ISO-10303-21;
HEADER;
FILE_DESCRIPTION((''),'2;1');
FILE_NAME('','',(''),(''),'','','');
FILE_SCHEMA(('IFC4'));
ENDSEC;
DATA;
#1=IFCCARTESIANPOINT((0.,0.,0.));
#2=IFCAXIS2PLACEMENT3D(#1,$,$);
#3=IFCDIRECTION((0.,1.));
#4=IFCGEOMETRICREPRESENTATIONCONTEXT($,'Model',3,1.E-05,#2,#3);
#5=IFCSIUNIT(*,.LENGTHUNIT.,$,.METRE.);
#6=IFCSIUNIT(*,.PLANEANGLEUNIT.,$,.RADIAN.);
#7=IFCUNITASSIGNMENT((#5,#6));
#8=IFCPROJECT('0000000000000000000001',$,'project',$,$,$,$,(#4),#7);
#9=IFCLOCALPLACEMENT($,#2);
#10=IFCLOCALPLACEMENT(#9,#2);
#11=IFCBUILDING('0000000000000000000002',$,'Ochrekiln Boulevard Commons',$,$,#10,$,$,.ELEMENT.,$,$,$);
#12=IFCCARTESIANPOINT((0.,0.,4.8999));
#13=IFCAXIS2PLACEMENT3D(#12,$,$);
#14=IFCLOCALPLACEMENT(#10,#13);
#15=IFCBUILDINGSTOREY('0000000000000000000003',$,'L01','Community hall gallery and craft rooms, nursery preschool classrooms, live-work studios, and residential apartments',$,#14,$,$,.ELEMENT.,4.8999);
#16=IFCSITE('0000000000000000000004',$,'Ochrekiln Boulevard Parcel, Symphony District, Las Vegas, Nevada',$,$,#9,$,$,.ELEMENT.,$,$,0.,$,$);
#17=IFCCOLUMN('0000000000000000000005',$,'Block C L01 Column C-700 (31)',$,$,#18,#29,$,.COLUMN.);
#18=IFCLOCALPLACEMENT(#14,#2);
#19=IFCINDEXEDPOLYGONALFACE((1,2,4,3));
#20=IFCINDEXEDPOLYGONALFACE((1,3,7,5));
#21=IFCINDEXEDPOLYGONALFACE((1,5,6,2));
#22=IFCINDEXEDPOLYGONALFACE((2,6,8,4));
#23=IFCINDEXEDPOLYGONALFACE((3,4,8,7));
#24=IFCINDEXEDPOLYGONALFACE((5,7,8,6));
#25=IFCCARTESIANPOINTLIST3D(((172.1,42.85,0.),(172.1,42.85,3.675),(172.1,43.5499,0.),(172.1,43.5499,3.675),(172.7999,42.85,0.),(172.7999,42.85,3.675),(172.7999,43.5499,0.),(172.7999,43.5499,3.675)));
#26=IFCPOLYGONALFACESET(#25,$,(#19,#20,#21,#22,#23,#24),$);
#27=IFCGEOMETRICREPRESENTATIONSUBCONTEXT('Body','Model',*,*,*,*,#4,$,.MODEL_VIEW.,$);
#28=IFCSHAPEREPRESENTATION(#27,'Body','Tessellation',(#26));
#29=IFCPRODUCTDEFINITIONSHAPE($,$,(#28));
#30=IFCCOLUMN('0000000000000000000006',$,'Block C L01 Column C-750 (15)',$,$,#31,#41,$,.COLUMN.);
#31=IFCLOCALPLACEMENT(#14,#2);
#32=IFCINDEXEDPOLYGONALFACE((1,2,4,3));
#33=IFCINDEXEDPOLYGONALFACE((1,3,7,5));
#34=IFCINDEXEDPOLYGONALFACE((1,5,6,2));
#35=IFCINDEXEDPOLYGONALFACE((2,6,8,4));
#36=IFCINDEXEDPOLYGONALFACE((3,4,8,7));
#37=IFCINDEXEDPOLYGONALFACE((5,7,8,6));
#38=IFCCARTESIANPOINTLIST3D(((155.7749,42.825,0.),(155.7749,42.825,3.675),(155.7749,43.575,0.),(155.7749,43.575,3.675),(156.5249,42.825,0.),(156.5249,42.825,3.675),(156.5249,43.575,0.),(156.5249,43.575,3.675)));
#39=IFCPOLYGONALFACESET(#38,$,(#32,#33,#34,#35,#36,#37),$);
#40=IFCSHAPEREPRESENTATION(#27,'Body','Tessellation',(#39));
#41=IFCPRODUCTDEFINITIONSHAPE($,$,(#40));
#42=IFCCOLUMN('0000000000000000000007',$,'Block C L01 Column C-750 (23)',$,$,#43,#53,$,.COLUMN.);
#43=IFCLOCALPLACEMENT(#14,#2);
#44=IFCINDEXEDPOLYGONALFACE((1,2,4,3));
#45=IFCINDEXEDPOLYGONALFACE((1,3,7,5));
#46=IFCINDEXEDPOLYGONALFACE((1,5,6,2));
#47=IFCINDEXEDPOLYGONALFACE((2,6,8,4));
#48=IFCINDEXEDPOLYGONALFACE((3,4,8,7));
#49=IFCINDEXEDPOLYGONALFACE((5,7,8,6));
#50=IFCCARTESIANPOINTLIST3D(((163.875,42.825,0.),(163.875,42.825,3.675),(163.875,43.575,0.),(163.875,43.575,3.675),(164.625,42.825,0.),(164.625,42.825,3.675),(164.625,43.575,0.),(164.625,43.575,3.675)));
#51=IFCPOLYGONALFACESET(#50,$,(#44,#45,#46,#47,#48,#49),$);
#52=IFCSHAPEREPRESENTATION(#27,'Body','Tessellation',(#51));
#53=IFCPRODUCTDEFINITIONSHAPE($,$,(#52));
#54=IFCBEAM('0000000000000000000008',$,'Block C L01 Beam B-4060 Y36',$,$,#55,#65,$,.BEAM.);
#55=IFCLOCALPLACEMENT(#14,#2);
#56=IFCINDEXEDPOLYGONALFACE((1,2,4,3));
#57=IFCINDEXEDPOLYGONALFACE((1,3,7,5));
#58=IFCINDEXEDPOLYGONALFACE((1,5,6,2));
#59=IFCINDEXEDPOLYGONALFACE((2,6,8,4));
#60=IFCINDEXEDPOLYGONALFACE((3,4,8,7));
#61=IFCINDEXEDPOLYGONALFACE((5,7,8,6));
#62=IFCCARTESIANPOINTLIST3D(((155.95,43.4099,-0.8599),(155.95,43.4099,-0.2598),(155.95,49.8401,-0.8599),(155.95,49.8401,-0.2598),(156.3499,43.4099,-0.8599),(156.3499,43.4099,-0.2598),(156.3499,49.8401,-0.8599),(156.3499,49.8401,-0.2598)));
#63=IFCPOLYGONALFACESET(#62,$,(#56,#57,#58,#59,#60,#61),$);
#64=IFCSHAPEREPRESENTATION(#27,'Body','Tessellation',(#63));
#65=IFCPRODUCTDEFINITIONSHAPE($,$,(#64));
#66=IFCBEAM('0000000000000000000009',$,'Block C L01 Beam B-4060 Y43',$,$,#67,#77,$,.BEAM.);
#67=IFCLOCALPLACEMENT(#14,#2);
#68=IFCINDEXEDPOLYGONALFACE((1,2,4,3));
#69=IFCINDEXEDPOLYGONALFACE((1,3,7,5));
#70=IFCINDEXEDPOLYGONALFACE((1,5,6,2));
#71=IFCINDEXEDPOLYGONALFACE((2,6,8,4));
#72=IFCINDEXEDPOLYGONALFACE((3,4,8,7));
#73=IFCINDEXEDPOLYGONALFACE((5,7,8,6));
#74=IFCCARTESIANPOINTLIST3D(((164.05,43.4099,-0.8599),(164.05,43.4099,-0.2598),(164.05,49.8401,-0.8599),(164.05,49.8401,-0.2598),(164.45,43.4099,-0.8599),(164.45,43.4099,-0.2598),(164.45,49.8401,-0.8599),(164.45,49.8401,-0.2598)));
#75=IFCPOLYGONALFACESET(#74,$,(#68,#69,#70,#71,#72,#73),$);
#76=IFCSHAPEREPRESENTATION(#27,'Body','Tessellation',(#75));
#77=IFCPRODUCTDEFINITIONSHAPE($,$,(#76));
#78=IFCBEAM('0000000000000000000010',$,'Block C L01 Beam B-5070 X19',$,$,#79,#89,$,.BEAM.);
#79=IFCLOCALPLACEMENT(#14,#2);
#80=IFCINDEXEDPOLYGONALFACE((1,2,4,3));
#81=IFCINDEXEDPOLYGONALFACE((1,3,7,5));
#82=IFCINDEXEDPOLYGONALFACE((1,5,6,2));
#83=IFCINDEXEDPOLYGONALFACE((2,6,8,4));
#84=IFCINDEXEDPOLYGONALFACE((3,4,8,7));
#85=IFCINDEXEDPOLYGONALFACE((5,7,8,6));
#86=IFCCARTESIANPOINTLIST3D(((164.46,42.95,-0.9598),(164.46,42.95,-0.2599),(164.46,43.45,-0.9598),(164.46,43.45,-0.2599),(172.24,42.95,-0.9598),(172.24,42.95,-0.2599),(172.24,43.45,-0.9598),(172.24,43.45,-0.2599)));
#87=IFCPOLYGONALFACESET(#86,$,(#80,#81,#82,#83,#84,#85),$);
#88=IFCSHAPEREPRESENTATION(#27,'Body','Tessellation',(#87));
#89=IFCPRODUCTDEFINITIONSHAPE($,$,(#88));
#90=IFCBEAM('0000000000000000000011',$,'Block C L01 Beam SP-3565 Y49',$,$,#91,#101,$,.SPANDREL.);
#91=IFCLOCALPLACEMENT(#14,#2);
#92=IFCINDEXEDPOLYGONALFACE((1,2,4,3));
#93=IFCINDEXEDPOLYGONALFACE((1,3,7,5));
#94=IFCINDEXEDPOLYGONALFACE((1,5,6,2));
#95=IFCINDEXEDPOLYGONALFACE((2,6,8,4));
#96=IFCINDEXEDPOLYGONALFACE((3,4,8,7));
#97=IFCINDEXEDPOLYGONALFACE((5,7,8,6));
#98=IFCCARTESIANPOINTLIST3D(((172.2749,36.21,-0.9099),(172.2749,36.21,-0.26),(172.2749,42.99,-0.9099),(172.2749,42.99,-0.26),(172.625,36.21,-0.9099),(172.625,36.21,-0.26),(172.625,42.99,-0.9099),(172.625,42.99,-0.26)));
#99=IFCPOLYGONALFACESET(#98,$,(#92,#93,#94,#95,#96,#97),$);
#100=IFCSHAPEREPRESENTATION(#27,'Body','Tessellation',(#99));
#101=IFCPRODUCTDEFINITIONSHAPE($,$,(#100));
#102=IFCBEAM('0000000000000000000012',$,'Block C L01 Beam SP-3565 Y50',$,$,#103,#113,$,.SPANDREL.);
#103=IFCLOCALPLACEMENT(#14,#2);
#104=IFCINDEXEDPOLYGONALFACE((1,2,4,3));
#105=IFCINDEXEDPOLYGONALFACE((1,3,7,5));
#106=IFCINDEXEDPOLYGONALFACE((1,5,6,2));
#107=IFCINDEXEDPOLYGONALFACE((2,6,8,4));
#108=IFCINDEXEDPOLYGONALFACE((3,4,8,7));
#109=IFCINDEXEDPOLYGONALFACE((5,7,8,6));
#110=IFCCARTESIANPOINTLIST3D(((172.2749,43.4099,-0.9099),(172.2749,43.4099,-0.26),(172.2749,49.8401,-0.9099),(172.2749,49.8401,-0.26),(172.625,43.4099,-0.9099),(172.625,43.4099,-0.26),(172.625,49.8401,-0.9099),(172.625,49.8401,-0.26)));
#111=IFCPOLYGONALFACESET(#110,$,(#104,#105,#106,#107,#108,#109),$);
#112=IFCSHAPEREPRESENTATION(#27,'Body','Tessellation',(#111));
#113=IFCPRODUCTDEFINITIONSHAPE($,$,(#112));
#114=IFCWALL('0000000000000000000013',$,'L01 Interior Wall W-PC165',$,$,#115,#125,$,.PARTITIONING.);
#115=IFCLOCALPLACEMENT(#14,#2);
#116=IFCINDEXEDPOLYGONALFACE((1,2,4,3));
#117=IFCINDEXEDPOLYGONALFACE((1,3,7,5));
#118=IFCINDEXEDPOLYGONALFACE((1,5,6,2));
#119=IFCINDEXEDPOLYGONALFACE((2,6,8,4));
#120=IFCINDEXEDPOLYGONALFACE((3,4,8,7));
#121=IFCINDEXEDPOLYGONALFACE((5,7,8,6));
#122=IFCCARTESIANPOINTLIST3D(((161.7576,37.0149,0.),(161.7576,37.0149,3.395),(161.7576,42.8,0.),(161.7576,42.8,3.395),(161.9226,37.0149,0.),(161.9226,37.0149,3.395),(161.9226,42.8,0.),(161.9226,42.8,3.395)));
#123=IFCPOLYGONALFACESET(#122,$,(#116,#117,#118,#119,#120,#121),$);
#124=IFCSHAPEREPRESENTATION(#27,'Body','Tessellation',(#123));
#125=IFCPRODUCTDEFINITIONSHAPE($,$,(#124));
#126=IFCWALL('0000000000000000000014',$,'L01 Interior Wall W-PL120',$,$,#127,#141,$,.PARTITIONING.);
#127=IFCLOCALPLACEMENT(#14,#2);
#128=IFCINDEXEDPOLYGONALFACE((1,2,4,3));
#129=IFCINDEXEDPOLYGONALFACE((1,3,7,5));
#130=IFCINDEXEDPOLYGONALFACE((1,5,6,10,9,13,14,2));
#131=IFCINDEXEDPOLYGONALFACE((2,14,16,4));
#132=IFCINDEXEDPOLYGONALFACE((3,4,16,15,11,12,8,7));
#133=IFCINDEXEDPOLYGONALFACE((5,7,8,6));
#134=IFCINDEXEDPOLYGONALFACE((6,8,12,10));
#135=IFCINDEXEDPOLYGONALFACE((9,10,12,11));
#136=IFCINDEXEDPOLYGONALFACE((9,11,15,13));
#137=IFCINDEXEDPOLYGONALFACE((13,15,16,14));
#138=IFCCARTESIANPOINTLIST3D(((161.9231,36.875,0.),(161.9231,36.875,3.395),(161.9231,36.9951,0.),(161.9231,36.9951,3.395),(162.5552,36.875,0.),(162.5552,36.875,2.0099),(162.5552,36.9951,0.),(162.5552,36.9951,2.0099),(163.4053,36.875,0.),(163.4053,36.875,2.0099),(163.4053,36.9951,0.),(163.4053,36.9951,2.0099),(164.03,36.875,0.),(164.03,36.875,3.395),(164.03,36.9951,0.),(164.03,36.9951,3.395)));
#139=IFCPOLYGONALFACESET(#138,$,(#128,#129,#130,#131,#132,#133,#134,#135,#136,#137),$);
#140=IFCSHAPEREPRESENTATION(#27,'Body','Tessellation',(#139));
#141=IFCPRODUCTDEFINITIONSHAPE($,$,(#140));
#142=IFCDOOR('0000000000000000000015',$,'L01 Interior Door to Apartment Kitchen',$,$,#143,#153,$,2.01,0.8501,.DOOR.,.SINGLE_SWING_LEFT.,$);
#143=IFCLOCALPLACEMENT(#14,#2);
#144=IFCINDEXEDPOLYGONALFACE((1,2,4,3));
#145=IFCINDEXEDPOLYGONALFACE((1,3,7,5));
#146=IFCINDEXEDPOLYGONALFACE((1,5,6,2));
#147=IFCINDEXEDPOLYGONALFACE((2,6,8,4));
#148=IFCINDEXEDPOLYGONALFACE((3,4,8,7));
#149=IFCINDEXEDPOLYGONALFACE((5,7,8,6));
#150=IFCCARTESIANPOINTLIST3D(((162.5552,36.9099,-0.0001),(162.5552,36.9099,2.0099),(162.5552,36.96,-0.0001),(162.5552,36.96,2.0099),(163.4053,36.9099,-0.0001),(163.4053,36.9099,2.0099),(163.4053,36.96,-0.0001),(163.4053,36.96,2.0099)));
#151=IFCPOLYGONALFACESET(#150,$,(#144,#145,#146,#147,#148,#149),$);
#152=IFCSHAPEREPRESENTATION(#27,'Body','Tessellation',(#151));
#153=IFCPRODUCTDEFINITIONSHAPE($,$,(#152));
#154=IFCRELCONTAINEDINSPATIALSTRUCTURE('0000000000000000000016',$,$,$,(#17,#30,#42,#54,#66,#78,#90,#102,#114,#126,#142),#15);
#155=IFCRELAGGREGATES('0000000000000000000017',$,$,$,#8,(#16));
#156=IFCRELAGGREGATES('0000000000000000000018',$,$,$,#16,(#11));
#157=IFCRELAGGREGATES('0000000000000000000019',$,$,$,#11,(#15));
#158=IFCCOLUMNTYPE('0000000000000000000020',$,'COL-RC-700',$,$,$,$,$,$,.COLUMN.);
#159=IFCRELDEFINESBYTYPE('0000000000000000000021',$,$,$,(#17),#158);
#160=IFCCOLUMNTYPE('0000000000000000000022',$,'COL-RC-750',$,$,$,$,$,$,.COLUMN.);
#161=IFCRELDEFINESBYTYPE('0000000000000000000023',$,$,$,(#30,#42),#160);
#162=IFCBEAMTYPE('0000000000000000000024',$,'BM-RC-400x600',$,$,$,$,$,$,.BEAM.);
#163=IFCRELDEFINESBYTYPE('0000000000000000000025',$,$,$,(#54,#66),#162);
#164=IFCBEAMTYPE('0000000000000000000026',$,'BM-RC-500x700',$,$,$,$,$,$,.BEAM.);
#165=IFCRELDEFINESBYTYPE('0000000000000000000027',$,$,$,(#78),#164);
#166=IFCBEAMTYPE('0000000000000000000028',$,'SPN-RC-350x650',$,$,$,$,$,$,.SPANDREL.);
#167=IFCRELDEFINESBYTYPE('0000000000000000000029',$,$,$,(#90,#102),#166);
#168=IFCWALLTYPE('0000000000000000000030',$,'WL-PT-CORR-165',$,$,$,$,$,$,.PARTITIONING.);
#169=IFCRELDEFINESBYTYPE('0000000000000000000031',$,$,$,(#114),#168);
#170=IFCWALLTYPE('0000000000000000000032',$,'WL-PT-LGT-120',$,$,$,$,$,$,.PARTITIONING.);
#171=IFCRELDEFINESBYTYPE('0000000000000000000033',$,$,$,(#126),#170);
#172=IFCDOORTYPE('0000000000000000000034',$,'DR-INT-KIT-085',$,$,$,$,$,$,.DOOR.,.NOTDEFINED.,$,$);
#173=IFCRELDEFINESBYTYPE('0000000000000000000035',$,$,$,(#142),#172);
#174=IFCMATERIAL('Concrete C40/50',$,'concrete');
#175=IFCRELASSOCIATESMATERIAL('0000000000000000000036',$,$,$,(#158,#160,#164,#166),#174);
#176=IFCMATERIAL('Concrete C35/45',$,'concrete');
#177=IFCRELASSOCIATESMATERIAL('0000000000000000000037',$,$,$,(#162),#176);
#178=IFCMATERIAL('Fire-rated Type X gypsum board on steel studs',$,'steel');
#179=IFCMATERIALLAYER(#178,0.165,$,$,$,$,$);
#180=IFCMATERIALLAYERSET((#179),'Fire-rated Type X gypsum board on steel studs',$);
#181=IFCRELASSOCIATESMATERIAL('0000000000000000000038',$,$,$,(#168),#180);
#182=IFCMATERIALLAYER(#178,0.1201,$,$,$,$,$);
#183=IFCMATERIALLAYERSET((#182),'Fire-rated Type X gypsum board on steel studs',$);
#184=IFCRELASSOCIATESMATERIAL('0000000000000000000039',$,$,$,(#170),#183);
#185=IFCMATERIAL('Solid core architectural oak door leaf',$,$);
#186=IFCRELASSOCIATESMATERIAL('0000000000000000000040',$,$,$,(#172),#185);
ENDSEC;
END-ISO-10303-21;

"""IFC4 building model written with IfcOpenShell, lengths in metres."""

from ifc_helpers import new_model, si_unit, direction, frame, frame_2d, origin, origin_2d, place, context, subcontext, project, spatial, rectangle, extrude, material, layer, layer_set, material_profile, profile_set, type_object, element, fill, save


model = new_model("IFC4")

# Units and contexts
model_context = context("Model", 3, precision=1e-05, world=origin(), true_north=direction((0.0, 1.0)))
body_context = subcontext(model_context, "Body", "Model", "MODEL_VIEW")
ifc_project = project(units=[si_unit("LENGTHUNIT", "METRE"), si_unit("PLANEANGLEUNIT", "RADIAN")], contexts=[model_context])

# Site, building, storey
site_placement = place(None, origin())
site = spatial("IfcSite", under=ifc_project, at=site_placement, Name="Ochrekiln Boulevard Parcel, Symphony District, Las Vegas, Nevada", CompositionType="ELEMENT", RefElevation=0.0)
building_placement = place(site_placement, origin())
building = spatial("IfcBuilding", under=site, at=building_placement, Name="Ochrekiln Boulevard Commons", CompositionType="ELEMENT")
storey_placement = place(building_placement, frame((0.0, 0.0, 4.8999)))
storey = spatial("IfcBuildingStorey", under=building, at=storey_placement, Name="L01", Description="Community hall gallery and craft rooms, nursery preschool classrooms, live-work studios, and residential apartments", CompositionType="ELEMENT", Elevation=4.8999)

# Columns
ifc_material_1 = material(Name="Concrete C40/50", Category="concrete")
ifc_material_profile_1 = material_profile(ifc_material_1, rectangle(XDim=0.7, YDim=0.7, at=origin_2d()), Name="RC-COL-700x700")
ifc_profile_set_1 = profile_set([ifc_material_profile_1], Name="Concrete C40/50")
column_type_1 = type_object("IfcColumnType", Name="COL-RC-700", PredefinedType="COLUMN", material=ifc_profile_set_1)
column_placement = place(storey_placement, frame((172.45, 43.2, 0.0), z_axis=(0.0, 0.0, 1.0), x_axis=(1.0, 0.0, 0.0)))
element("IfcColumn", 1, at=column_placement, inside=storey, type_object=column_type_1, Name="Block C L01 Column C-700 (31)", PredefinedType="COLUMN", context=body_context, shape_type="SweptSolid", body=[
    extrude(rectangle(XDim=0.7, YDim=0.7, at=origin_2d()), origin(), (0.0, 0.0, 1.0), 3.675),
])
ifc_material_profile_2 = material_profile(ifc_material_1, rectangle(XDim=0.75, YDim=0.75, at=origin_2d()), Name="RC-COL-750x750")
ifc_profile_set_2 = profile_set([ifc_material_profile_2], Name="Concrete C40/50")
column_type_2 = type_object("IfcColumnType", Name="COL-RC-750", PredefinedType="COLUMN", material=ifc_profile_set_2)
for number, where, z_axis, x_axis, name in (
    (2, (156.1499, 43.2, 0.0), (0.0, 0.0, 1.0), (1.0, 0.0, 0.0), "Block C L01 Column C-750 (15)"),
    (3, (164.25, 43.2, 0.0), (0.0, 0.0, 1.0), (1.0, 0.0, 0.0), "Block C L01 Column C-750 (23)"),
):
    element("IfcColumn", number, at=place(storey_placement, frame(where, z_axis=z_axis, x_axis=x_axis)), inside=storey, type_object=column_type_2, Name=name, PredefinedType="COLUMN", context=body_context, shape_type="SweptSolid", body=[
        extrude(rectangle(XDim=0.75, YDim=0.75, at=origin_2d()), origin(), (0.0, 0.0, 1.0), 3.675),
    ])

# Beams
ifc_material_2 = material(Name="Concrete C35/45", Category="concrete")
ifc_material_profile_3 = material_profile(ifc_material_2, rectangle(XDim=0.3999, YDim=0.6001, at=origin_2d()), Name="RC-BM-400x600")
ifc_profile_set_3 = profile_set([ifc_material_profile_3], Name="Concrete C35/45")
beam_type_1 = type_object("IfcBeamType", Name="BM-RC-400x600", PredefinedType="BEAM", material=ifc_profile_set_3)
for number, where, z_axis, x_axis, name in (
    (4, (156.1499, 43.4099, -0.5598), (0.0, 1.0, 0.0), (-1.0, 0.0, 0.0), "Block C L01 Beam B-4060 Y36"),
    (5, (164.25, 43.4099, -0.5598), (0.0, 1.0, 0.0), (-1.0, 0.0, 0.0), "Block C L01 Beam B-4060 Y43"),
):
    element("IfcBeam", number, at=place(storey_placement, frame(where, z_axis=z_axis, x_axis=x_axis)), inside=storey, type_object=beam_type_1, Name=name, PredefinedType="BEAM", context=body_context, shape_type="SweptSolid", body=[
        extrude(rectangle(XDim=0.3999, YDim=0.6001, at=origin_2d()), origin(), (0.0, 0.0, 1.0), 6.4302),
    ])
ifc_material_profile_4 = material_profile(ifc_material_1, rectangle(XDim=0.5, YDim=0.7, at=origin_2d()), Name="RC-BM-500x700")
ifc_profile_set_4 = profile_set([ifc_material_profile_4], Name="Concrete C40/50")
beam_type_2 = type_object("IfcBeamType", Name="BM-RC-500x700", PredefinedType="BEAM", material=ifc_profile_set_4)
beam_1_placement = place(storey_placement, frame((164.46, 43.2, -0.6099), z_axis=(1.0, 0.0, 0.0), x_axis=(0.0, 1.0, 0.0)))
element("IfcBeam", 6, at=beam_1_placement, inside=storey, type_object=beam_type_2, Name="Block C L01 Beam B-5070 X19", PredefinedType="BEAM", context=body_context, shape_type="SweptSolid", body=[
    extrude(rectangle(XDim=0.5, YDim=0.7, at=origin_2d()), origin(), (0.0, 0.0, 1.0), 7.78),
])
ifc_material_profile_5 = material_profile(ifc_material_1, rectangle(XDim=0.3501, YDim=0.6499, at=origin_2d()), Name="RC-SPN-350x650")
ifc_profile_set_5 = profile_set([ifc_material_profile_5], Name="Concrete C40/50")
beam_type_3 = type_object("IfcBeamType", Name="SPN-RC-350x650", PredefinedType="SPANDREL", material=ifc_profile_set_5)
beam_2_placement = place(storey_placement, frame((172.45, 36.21, -0.585), z_axis=(0.0, 1.0, 0.0), x_axis=(-1.0, 0.0, 0.0)))
element("IfcBeam", 7, at=beam_2_placement, inside=storey, type_object=beam_type_3, Name="Block C L01 Beam SP-3565 Y49", PredefinedType="SPANDREL", context=body_context, shape_type="SweptSolid", body=[
    extrude(rectangle(XDim=0.3501, YDim=0.6499, at=origin_2d()), origin(), (0.0, 0.0, 1.0), 6.78),
])
beam_3_placement = place(storey_placement, frame((172.45, 43.4099, -0.585), z_axis=(0.0, 1.0, 0.0), x_axis=(-1.0, 0.0, 0.0)))
element("IfcBeam", 8, at=beam_3_placement, inside=storey, type_object=beam_type_3, Name="Block C L01 Beam SP-3565 Y50", PredefinedType="SPANDREL", context=body_context, shape_type="SweptSolid", body=[
    extrude(rectangle(XDim=0.3501, YDim=0.6499, at=origin_2d()), origin(), (0.0, 0.0, 1.0), 6.4302),
])

# Wall
ifc_material_3 = material(Name="Fire-rated Type X gypsum board on steel studs", Category="steel")
ifc_layer_1 = layer(ifc_material_3, 0.165)
ifc_layer_set_1 = layer_set([ifc_layer_1], Name="Fire-rated Type X gypsum board on steel studs")
wall_type_1 = type_object("IfcWallType", Name="WL-PT-CORR-165", PredefinedType="PARTITIONING", material=ifc_layer_set_1)
wall_1_placement = place(storey_placement, frame((161.8401, 37.0149, 0.0), z_axis=(0.0, 0.0, 1.0), x_axis=(0.0, 1.0, 0.0)))
element("IfcWall", 9, at=wall_1_placement, inside=storey, type_object=wall_type_1, Name="L01 Interior Wall W-PC165", PredefinedType="PARTITIONING", context=body_context, shape_type="SweptSolid", body=[
    extrude(rectangle(XDim=5.7852, YDim=0.165, at=frame_2d((2.8926, 0.0))), origin(), (0.0, 0.0, 1.0), 3.395),
])

# Wall, opening, door
ifc_layer_2 = layer(ifc_material_3, 0.1201)
ifc_layer_set_2 = layer_set([ifc_layer_2], Name="Fire-rated Type X gypsum board on steel studs")
wall_type_2 = type_object("IfcWallType", Name="WL-PT-LGT-120", PredefinedType="PARTITIONING", material=ifc_layer_set_2)
wall_2_placement = place(storey_placement, frame((161.9231, 36.9351, 0.0), z_axis=(0.0, 0.0, 1.0), x_axis=(1.0, 0.0, 0.0)))
wall_2 = element("IfcWall", 10, at=wall_2_placement, inside=storey, type_object=wall_type_2, Name="L01 Interior Wall W-PL120", PredefinedType="PARTITIONING", context=body_context, shape_type="SweptSolid", body=[
    extrude(rectangle(XDim=2.1069, YDim=0.1201, at=frame_2d((1.0535, 0.0))), origin(), (0.0, 0.0, 1.0), 3.395),
])
opening_1_placement = place(wall_2_placement, frame((0.6321, 0.0, 0.0)))
opening_1 = element("IfcOpeningElement", 11, at=opening_1_placement, cuts=wall_2, PredefinedType="OPENING", context=body_context, shape_type="SweptSolid", body=[
    extrude(rectangle(XDim=0.8501, YDim=2.01, at=frame_2d((0.425, 1.0049))), frame((0.0, 0.0701, 0.0), z_axis=(0.0, -1.0, 0.0), x_axis=(1.0, 0.0, 0.0)), (0.0, 0.0, 1.0), 0.1401),
])
ifc_material_4 = material(Name="Solid core architectural oak door leaf")
door_type_1 = type_object("IfcDoorType", Name="DR-INT-KIT-085", OperationType="NOTDEFINED", PredefinedType="DOOR", material=ifc_material_4)
door_1_placement = place(opening_1_placement, origin())
door_1 = element("IfcDoor", 12, at=door_1_placement, inside=storey, type_object=door_type_1, Name="L01 Interior Door to Apartment Kitchen", OperationType="SINGLE_SWING_LEFT", OverallHeight=2.01, OverallWidth=0.8501, PredefinedType="DOOR", context=body_context, shape_type="SweptSolid", body=[
    extrude(rectangle(XDim=0.8501, YDim=2.01, at=frame_2d((0.425, 1.0049))), frame((0.0, 0.0249, 0.0), z_axis=(0.0, -1.0, 0.0), x_axis=(1.0, 0.0, 0.0)), (0.0, 0.0, 1.0), 0.05),
])
fill(opening_1, door_1)

save(model, "model.ifc")
